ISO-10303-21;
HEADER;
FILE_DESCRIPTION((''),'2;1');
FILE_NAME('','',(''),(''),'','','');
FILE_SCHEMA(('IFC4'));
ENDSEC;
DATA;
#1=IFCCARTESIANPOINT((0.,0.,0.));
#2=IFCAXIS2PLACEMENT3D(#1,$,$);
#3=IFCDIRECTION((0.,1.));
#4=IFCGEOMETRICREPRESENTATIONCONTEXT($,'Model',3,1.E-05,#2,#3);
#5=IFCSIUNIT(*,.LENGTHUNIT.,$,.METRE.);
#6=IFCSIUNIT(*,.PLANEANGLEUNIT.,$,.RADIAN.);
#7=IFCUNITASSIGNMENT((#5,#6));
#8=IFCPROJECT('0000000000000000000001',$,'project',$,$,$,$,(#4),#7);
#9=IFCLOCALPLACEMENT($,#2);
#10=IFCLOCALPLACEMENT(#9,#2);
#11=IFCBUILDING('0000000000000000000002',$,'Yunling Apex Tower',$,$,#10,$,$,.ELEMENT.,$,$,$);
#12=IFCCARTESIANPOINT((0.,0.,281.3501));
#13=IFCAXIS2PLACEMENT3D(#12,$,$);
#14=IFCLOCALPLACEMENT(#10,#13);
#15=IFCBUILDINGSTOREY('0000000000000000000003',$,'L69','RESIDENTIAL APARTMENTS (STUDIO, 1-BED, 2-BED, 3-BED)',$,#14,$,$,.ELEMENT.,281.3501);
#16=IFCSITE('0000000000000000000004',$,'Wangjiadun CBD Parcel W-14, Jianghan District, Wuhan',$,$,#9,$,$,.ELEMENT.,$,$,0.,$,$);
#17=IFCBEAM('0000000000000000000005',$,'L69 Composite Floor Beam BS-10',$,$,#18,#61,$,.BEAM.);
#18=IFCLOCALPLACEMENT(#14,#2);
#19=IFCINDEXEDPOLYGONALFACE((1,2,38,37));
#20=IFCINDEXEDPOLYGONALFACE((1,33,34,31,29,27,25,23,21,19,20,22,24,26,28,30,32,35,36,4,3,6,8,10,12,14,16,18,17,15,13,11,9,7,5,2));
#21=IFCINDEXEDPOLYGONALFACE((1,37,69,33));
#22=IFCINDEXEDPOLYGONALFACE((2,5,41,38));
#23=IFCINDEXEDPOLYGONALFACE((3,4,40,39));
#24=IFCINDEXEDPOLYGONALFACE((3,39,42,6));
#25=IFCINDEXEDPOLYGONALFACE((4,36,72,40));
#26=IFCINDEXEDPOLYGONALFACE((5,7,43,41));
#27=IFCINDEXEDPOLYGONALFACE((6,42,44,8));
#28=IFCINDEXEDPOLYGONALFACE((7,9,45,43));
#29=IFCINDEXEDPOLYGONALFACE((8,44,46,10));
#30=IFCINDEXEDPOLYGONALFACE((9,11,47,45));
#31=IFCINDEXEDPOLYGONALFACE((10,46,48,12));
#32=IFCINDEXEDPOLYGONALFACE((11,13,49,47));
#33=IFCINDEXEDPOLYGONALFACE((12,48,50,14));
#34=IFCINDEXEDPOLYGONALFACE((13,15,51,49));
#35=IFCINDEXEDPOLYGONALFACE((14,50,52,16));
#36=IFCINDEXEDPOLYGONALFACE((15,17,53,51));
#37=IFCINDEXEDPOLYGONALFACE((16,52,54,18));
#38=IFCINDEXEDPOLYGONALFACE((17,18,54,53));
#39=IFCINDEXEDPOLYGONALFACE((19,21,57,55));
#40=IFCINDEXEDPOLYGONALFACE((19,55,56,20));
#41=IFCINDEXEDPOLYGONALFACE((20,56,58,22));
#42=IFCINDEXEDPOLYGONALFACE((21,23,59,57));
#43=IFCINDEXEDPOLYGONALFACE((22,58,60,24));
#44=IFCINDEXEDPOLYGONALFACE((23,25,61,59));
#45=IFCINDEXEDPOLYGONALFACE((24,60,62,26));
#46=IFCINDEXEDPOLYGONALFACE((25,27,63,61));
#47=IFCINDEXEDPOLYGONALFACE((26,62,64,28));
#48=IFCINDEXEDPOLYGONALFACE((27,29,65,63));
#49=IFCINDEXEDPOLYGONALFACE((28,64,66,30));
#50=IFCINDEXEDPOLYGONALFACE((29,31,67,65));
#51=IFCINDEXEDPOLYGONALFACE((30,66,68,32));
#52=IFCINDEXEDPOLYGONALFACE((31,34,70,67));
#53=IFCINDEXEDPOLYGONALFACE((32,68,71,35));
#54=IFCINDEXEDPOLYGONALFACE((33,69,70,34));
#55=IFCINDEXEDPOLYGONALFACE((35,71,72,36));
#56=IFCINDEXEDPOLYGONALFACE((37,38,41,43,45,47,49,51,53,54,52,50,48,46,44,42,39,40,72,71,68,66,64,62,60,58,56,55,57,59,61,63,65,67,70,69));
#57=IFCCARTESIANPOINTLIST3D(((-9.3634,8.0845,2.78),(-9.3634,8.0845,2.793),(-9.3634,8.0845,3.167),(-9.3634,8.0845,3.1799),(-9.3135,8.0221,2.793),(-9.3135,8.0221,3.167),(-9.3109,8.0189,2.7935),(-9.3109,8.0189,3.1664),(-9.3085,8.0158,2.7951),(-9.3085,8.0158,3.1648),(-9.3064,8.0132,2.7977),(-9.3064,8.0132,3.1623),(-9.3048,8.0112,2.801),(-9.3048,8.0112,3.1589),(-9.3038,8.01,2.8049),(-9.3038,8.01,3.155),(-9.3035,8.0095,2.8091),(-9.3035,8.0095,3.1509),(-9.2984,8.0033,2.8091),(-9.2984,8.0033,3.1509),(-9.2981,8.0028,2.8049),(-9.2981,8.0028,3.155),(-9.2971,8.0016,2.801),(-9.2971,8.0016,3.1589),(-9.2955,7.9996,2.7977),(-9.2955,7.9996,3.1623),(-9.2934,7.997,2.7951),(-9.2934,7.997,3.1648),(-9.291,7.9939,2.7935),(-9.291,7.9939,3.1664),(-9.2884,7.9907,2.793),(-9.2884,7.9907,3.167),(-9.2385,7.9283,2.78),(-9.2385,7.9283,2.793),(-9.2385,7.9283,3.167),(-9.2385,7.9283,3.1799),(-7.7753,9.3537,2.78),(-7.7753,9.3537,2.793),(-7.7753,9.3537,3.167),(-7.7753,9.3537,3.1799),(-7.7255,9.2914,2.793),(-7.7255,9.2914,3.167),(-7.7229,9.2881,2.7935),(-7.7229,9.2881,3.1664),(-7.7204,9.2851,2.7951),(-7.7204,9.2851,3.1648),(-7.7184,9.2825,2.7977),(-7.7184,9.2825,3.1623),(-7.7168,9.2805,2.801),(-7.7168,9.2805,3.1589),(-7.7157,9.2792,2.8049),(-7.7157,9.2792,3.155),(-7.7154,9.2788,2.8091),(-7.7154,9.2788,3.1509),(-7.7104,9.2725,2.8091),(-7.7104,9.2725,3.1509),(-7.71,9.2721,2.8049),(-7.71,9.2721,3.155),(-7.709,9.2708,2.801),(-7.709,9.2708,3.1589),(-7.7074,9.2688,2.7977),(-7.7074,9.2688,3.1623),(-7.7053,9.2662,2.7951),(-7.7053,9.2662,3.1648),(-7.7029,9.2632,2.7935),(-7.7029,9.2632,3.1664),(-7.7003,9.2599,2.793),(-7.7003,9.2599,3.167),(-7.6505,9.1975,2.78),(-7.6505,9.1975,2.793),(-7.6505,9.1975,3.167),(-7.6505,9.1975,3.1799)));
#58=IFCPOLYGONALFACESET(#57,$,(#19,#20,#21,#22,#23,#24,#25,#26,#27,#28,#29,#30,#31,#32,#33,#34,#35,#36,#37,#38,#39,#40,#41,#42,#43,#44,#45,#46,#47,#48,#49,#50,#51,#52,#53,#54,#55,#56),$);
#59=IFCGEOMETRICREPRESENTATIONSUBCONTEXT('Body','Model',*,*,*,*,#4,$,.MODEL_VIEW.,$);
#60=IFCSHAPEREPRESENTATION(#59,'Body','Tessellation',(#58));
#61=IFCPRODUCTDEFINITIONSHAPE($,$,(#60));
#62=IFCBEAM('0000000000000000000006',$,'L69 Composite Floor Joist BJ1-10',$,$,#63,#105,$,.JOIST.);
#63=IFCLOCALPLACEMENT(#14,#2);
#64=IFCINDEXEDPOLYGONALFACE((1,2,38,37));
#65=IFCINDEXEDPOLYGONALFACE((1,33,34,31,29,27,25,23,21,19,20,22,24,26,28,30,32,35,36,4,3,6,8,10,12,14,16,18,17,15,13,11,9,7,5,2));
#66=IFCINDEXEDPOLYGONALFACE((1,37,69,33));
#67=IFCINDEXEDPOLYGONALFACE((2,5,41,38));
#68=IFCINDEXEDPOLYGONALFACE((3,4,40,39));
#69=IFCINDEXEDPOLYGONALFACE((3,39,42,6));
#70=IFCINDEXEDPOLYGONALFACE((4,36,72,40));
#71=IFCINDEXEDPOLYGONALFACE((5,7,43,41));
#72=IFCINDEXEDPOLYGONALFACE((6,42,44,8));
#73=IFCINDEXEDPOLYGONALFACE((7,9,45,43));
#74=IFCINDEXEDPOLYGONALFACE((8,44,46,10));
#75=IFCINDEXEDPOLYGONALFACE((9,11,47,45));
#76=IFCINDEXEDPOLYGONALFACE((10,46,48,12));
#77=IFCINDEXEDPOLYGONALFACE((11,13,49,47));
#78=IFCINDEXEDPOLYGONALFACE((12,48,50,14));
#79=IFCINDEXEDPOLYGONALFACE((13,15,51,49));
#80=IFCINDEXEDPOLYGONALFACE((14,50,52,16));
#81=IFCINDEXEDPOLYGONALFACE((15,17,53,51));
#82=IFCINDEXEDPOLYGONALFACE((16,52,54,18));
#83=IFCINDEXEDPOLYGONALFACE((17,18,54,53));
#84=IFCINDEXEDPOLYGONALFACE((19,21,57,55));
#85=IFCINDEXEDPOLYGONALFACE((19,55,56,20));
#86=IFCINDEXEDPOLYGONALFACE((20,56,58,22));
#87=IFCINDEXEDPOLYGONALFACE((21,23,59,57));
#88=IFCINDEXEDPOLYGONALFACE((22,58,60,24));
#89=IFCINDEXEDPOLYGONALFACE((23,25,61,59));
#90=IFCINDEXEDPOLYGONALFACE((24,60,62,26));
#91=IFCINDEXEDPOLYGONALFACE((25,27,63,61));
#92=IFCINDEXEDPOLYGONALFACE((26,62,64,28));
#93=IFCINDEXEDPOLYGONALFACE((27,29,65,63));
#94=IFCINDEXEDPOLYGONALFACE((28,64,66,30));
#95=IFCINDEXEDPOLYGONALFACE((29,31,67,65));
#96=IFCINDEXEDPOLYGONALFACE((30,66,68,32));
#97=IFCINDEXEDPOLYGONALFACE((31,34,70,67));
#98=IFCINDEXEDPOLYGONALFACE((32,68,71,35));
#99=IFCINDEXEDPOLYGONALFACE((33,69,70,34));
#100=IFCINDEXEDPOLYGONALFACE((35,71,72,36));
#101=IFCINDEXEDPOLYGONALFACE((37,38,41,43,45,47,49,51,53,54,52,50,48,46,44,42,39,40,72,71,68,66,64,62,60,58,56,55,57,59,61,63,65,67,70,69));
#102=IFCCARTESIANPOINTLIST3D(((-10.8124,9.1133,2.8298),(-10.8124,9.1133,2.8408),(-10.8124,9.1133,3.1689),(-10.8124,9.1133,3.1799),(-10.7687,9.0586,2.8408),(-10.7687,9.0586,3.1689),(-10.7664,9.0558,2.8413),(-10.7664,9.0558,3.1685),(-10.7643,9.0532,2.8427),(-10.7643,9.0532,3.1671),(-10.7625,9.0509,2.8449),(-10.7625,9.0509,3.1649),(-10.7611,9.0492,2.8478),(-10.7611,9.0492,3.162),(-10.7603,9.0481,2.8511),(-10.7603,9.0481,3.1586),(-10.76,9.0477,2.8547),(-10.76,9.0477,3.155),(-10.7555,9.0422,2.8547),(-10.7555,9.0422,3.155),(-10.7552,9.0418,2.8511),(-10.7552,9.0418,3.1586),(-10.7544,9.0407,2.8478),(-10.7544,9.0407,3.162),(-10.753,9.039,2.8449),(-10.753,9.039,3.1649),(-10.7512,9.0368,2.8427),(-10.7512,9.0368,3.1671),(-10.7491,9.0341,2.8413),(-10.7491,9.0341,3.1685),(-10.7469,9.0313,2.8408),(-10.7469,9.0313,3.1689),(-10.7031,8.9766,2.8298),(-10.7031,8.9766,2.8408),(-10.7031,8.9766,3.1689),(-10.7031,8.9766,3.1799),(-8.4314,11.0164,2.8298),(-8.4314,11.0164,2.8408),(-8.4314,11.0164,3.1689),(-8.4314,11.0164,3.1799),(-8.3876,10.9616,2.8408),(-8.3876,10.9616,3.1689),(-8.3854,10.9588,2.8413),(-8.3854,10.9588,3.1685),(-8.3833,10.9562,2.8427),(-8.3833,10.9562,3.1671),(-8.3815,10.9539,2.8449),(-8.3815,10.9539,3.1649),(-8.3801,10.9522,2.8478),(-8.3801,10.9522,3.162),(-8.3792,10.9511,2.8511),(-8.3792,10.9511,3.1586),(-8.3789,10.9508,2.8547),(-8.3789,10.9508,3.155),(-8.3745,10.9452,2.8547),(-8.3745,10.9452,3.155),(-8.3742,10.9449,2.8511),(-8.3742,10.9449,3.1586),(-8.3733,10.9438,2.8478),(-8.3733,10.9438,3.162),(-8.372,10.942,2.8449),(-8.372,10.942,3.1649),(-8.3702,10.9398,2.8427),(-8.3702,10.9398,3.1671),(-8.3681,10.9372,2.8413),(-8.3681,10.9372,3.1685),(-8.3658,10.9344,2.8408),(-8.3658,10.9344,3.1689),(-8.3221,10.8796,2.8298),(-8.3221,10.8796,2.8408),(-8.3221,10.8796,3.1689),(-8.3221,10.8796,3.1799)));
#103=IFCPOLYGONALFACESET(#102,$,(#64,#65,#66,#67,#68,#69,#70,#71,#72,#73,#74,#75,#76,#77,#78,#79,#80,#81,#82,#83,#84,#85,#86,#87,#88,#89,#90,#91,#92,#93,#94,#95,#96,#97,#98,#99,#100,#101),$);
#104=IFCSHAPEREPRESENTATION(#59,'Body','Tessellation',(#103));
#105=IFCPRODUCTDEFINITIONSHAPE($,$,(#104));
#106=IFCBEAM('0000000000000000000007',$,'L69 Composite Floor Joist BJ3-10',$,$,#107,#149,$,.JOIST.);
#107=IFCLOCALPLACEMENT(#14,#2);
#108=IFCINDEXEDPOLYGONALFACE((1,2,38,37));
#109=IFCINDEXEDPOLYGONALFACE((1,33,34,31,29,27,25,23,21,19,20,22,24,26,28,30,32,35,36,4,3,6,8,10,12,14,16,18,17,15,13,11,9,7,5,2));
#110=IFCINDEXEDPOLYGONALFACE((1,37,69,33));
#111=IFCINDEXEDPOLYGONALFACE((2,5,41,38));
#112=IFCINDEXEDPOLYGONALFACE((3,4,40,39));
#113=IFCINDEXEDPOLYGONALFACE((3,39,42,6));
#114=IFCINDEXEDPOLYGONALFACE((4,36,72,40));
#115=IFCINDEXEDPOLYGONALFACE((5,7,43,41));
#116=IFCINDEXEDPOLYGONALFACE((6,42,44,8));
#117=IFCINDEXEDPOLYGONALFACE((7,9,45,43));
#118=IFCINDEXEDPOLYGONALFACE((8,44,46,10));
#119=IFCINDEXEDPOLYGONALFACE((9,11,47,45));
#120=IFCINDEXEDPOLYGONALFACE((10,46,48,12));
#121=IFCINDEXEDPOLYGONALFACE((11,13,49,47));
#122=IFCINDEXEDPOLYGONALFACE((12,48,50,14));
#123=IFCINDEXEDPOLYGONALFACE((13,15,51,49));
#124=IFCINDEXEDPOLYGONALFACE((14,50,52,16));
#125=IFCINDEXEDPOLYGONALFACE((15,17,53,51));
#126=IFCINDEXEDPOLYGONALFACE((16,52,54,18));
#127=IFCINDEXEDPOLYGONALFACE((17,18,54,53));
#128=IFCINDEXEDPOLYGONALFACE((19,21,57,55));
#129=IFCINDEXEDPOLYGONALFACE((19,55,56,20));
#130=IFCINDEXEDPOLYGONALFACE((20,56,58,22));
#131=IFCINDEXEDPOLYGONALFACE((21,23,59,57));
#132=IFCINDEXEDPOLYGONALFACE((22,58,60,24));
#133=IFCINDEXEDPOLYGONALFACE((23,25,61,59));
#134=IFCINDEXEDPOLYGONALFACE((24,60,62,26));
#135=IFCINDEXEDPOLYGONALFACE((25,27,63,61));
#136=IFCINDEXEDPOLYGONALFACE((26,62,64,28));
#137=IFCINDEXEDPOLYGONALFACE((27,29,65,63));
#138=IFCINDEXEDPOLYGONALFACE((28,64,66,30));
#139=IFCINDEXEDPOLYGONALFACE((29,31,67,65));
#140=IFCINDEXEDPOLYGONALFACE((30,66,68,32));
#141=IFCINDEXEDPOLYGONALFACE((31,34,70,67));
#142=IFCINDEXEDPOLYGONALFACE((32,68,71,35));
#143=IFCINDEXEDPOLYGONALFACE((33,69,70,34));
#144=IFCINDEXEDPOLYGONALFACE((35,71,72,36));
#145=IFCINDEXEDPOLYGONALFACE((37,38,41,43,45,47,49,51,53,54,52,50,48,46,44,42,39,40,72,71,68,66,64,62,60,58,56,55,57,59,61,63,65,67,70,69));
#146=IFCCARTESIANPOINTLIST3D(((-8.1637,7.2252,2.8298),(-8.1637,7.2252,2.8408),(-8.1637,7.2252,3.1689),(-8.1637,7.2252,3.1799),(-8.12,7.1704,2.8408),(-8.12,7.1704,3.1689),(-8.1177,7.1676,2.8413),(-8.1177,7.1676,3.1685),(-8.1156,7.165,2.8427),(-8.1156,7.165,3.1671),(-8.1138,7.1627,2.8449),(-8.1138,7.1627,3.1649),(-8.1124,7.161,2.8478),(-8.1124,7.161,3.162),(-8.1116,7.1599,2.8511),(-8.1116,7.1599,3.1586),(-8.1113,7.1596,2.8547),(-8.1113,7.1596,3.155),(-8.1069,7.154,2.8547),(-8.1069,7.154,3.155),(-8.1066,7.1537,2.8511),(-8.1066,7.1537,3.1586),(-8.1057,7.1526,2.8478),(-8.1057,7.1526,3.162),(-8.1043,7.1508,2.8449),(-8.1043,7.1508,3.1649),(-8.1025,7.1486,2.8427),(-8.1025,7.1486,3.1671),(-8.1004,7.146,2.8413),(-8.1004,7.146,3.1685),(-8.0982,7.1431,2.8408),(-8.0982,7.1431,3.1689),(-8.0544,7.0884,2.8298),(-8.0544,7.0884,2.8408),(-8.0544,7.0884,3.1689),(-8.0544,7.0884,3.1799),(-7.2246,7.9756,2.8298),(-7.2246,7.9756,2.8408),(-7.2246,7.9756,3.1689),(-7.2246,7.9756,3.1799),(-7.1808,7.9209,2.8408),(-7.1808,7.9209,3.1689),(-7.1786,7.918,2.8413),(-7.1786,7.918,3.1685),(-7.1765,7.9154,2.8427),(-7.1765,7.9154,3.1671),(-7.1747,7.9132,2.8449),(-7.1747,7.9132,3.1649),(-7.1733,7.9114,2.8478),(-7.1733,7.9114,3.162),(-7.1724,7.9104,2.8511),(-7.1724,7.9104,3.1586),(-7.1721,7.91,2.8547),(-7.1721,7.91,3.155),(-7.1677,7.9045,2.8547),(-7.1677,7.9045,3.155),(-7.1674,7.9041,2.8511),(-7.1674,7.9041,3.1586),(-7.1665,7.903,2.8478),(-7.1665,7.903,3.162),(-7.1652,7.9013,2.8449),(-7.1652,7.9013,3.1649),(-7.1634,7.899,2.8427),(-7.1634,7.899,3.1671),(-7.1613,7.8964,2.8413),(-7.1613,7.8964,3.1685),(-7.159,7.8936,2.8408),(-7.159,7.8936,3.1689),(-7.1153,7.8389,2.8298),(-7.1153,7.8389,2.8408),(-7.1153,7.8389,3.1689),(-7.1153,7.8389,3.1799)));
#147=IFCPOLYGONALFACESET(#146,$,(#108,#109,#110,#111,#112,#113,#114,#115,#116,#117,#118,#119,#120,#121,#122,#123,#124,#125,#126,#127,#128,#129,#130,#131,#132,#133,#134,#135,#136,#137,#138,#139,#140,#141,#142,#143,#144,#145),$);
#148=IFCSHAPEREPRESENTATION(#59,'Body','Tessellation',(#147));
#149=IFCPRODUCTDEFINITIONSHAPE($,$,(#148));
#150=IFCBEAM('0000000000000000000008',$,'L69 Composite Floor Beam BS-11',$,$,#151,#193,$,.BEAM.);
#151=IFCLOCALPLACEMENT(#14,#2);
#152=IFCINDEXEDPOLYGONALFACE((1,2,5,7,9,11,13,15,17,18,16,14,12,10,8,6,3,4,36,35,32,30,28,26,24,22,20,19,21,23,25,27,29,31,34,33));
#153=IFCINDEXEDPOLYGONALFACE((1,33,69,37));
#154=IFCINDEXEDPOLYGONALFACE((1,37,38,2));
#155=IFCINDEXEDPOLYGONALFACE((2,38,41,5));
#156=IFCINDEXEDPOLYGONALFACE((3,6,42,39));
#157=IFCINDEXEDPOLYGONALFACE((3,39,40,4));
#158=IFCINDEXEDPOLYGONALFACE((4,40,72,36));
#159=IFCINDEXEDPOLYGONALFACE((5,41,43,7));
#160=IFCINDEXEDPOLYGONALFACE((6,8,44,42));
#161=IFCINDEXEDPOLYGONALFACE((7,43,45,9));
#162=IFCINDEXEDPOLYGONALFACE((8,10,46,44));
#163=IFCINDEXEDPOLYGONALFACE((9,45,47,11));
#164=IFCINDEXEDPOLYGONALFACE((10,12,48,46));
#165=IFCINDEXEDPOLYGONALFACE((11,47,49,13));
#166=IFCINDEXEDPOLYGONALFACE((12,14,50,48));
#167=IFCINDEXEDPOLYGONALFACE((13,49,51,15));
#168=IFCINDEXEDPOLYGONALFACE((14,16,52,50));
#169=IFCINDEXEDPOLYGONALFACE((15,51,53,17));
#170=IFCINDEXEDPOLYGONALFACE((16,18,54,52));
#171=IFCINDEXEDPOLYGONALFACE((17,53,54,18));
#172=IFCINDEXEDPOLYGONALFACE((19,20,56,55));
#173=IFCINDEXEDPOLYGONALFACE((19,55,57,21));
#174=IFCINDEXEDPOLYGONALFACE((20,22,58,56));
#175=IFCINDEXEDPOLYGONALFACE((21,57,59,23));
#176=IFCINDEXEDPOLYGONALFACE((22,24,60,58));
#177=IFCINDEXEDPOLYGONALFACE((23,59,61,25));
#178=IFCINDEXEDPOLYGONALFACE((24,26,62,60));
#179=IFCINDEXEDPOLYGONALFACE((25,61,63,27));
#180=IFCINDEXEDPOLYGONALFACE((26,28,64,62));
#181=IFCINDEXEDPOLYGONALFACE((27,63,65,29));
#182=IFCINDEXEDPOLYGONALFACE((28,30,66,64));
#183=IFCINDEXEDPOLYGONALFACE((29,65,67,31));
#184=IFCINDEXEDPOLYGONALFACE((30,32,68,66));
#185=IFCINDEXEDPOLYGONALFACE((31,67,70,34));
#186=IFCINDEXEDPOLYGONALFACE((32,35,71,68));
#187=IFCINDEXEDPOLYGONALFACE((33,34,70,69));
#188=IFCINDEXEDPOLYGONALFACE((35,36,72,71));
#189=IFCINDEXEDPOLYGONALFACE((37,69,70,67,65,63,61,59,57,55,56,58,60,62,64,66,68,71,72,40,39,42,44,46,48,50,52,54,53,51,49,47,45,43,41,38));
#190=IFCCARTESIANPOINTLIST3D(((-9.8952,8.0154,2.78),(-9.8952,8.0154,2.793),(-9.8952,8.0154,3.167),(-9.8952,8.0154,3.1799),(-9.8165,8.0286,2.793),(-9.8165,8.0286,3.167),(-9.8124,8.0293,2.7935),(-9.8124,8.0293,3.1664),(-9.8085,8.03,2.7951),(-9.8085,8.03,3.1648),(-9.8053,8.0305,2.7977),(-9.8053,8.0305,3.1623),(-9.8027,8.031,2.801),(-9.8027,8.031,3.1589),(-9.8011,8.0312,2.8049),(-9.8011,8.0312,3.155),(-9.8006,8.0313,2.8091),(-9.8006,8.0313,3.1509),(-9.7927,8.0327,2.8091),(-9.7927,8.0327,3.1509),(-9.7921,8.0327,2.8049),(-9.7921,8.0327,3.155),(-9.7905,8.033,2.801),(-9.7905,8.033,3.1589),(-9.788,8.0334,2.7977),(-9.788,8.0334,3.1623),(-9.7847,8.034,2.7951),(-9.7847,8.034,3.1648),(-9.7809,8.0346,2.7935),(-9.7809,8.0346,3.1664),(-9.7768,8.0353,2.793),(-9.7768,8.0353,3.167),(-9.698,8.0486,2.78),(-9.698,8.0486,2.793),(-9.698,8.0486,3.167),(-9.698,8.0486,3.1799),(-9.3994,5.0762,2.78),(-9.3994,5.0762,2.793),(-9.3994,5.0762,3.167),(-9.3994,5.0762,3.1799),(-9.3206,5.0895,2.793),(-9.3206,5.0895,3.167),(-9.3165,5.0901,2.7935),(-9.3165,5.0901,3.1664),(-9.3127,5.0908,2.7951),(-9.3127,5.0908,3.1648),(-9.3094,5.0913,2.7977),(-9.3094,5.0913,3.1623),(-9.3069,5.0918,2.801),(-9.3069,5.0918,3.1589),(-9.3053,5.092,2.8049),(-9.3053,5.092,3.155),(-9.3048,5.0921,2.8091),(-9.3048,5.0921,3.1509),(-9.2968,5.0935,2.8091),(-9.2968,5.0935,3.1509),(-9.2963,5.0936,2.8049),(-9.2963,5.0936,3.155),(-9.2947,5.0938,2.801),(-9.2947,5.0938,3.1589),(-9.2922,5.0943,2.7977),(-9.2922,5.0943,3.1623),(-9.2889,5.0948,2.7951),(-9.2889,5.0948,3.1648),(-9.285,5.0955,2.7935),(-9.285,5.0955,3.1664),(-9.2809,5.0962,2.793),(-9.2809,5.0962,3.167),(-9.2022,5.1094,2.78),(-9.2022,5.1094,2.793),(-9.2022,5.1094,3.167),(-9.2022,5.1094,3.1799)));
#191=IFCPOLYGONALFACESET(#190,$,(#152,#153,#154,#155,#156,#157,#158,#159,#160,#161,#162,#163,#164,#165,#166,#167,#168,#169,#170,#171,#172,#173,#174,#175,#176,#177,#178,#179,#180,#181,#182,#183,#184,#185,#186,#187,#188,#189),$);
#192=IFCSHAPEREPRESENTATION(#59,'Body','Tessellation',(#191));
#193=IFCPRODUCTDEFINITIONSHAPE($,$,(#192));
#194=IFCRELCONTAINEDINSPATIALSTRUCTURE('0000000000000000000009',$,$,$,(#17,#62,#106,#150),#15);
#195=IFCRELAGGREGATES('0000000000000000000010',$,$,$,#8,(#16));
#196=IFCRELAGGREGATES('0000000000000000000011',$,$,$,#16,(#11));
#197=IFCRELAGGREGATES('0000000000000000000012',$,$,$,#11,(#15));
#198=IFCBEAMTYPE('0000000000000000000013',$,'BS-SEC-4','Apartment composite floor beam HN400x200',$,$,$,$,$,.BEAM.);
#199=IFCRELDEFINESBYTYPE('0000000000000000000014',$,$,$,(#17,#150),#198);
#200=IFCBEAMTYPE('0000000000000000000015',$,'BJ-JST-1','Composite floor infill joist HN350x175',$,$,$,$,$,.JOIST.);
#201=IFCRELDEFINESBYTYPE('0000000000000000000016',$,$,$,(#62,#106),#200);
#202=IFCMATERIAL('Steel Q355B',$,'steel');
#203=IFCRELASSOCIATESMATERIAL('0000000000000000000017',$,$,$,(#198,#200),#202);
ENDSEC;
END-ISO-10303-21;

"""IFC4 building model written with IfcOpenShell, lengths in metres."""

from ifc_helpers import new_model, si_unit, direction, frame, origin, origin_2d, place, context, subcontext, project, spatial, i_section, extrude, source, transform, mapped, material, material_profile, profile_set, type_object, element, save


model = new_model("IFC4")

# Units and contexts
model_context = context("Model", 3, precision=1e-05, world=origin(), true_north=direction((0.0, 1.0)))
body_context = subcontext(model_context, "Body", "Model", "MODEL_VIEW")
ifc_project = project(units=[si_unit("LENGTHUNIT", "METRE"), si_unit("PLANEANGLEUNIT", "RADIAN")], contexts=[model_context])

# Site, building, storey
site_placement = place(None, origin())
site = spatial("IfcSite", under=ifc_project, at=site_placement, Name="Wangjiadun CBD Parcel W-14, Jianghan District, Wuhan", CompositionType="ELEMENT", RefElevation=0.0)
building_placement = place(site_placement, origin())
building = spatial("IfcBuilding", under=site, at=building_placement, Name="Yunling Apex Tower", CompositionType="ELEMENT")
storey_placement = place(building_placement, frame((0.0, 0.0, 281.3501)))
storey = spatial("IfcBuildingStorey", under=building, at=storey_placement, Name="L69", Description="RESIDENTIAL APARTMENTS (STUDIO, 1-BED, 2-BED, 3-BED)", CompositionType="ELEMENT", Elevation=281.3501)

# Shared definitions
ifc_material_1 = material(Name="Steel Q355B", Category="steel")

# Beams
ifc_material_profile_1 = material_profile(ifc_material_1, i_section(OverallWidth=0.2, OverallDepth=0.3999, WebThickness=0.0081, FlangeThickness=0.0129, FilletRadius=0.0161, at=origin_2d()))
ifc_profile_set_1 = profile_set([ifc_material_profile_1], Name="Steel Q355B")
beam_type_1 = type_object("IfcBeamType", Name="BS-SEC-4", Description="Apartment composite floor beam HN400x200", PredefinedType="BEAM", material=ifc_profile_set_1)
ifc_material_profile_2 = material_profile(ifc_material_1, i_section(OverallWidth=0.175, OverallDepth=0.3501, WebThickness=0.0071, FlangeThickness=0.011, FilletRadius=0.0139, at=origin_2d()))
ifc_profile_set_2 = profile_set([ifc_material_profile_2], Name="Steel Q355B")
beam_type_2 = type_object("IfcBeamType", Name="BJ-JST-1", Description="Composite floor infill joist HN350x175", PredefinedType="JOIST", material=ifc_profile_set_2)
shared_shape_1 = source(origin(), body_context, "Body", "SweptSolid", [
    extrude(i_section(OverallWidth=0.2, OverallDepth=0.3999, WebThickness=0.0081, FlangeThickness=0.0129, FilletRadius=0.0161, at=origin_2d()), origin(), (0.0, 0.0, 1.0), 2.033),
])
beam_1_placement = place(storey_placement, frame((-7.7129, 9.2756, 2.98), z_axis=(-0.781162, -0.624329, 0.0), x_axis=(0.624329, -0.781162, 0.0)))
element("IfcBeam", 1, at=beam_1_placement, inside=storey, type_object=beam_type_1, Name="L69 Composite Floor Beam BS-10", PredefinedType="BEAM", context=body_context, shape_type="MappedRepresentation", body=[
    mapped(shared_shape_1, transform((0.0, 0.0, 0.0), scale=1.0)),
])
shared_shape_2 = source(origin(), body_context, "Body", "SweptSolid", [
    extrude(i_section(OverallWidth=0.175, OverallDepth=0.3501, WebThickness=0.0071, FlangeThickness=0.011, FilletRadius=0.0139, at=origin_2d()), origin(), (0.0, 0.0, 1.0), 3.0481),
])
beam_2_placement = place(storey_placement, frame((-8.3767, 10.948, 3.0049), z_axis=(-0.781158, -0.624334, 0.0), x_axis=(0.624334, -0.781158, 0.0)))
element("IfcBeam", 2, at=beam_2_placement, inside=storey, type_object=beam_type_2, Name="L69 Composite Floor Joist BJ1-10", PredefinedType="JOIST", context=body_context, shape_type="MappedRepresentation", body=[
    mapped(shared_shape_2, transform((0.0, 0.0, 0.0), scale=1.0)),
])
shared_shape_3 = source(origin(), body_context, "Body", "SweptSolid", [
    extrude(i_section(OverallWidth=0.175, OverallDepth=0.3501, WebThickness=0.0071, FlangeThickness=0.011, FilletRadius=0.0139, at=origin_2d()), origin(), (0.0, 0.0, 1.0), 1.2021),
])
beam_3_placement = place(storey_placement, frame((-7.1699, 7.9072, 3.0049), z_axis=(-0.781225, -0.624249, 0.0), x_axis=(0.624249, -0.781225, 0.0)))
element("IfcBeam", 3, at=beam_3_placement, inside=storey, type_object=beam_type_2, Name="L69 Composite Floor Joist BJ3-10", PredefinedType="JOIST", context=body_context, shape_type="MappedRepresentation", body=[
    mapped(shared_shape_3, transform((0.0, 0.0, 0.0), scale=1.0)),
])
shared_shape_4 = source(origin(), body_context, "Body", "SweptSolid", [
    extrude(i_section(OverallWidth=0.2, OverallDepth=0.3999, WebThickness=0.0081, FlangeThickness=0.0129, FilletRadius=0.0161, at=origin_2d()), origin(), (0.0, 0.0, 1.0), 2.9807),
])
beam_4_placement = place(storey_placement, frame((-9.7966, 8.032, 2.98), z_axis=(0.166351, -0.986067, 0.0), x_axis=(0.986067, 0.166351, 0.0)))
element("IfcBeam", 4, at=beam_4_placement, inside=storey, type_object=beam_type_1, Name="L69 Composite Floor Beam BS-11", PredefinedType="BEAM", context=body_context, shape_type="MappedRepresentation", body=[
    mapped(shared_shape_4, transform((0.0, 0.0, 0.0), scale=1.0)),
])

save(model, "model.ifc")
